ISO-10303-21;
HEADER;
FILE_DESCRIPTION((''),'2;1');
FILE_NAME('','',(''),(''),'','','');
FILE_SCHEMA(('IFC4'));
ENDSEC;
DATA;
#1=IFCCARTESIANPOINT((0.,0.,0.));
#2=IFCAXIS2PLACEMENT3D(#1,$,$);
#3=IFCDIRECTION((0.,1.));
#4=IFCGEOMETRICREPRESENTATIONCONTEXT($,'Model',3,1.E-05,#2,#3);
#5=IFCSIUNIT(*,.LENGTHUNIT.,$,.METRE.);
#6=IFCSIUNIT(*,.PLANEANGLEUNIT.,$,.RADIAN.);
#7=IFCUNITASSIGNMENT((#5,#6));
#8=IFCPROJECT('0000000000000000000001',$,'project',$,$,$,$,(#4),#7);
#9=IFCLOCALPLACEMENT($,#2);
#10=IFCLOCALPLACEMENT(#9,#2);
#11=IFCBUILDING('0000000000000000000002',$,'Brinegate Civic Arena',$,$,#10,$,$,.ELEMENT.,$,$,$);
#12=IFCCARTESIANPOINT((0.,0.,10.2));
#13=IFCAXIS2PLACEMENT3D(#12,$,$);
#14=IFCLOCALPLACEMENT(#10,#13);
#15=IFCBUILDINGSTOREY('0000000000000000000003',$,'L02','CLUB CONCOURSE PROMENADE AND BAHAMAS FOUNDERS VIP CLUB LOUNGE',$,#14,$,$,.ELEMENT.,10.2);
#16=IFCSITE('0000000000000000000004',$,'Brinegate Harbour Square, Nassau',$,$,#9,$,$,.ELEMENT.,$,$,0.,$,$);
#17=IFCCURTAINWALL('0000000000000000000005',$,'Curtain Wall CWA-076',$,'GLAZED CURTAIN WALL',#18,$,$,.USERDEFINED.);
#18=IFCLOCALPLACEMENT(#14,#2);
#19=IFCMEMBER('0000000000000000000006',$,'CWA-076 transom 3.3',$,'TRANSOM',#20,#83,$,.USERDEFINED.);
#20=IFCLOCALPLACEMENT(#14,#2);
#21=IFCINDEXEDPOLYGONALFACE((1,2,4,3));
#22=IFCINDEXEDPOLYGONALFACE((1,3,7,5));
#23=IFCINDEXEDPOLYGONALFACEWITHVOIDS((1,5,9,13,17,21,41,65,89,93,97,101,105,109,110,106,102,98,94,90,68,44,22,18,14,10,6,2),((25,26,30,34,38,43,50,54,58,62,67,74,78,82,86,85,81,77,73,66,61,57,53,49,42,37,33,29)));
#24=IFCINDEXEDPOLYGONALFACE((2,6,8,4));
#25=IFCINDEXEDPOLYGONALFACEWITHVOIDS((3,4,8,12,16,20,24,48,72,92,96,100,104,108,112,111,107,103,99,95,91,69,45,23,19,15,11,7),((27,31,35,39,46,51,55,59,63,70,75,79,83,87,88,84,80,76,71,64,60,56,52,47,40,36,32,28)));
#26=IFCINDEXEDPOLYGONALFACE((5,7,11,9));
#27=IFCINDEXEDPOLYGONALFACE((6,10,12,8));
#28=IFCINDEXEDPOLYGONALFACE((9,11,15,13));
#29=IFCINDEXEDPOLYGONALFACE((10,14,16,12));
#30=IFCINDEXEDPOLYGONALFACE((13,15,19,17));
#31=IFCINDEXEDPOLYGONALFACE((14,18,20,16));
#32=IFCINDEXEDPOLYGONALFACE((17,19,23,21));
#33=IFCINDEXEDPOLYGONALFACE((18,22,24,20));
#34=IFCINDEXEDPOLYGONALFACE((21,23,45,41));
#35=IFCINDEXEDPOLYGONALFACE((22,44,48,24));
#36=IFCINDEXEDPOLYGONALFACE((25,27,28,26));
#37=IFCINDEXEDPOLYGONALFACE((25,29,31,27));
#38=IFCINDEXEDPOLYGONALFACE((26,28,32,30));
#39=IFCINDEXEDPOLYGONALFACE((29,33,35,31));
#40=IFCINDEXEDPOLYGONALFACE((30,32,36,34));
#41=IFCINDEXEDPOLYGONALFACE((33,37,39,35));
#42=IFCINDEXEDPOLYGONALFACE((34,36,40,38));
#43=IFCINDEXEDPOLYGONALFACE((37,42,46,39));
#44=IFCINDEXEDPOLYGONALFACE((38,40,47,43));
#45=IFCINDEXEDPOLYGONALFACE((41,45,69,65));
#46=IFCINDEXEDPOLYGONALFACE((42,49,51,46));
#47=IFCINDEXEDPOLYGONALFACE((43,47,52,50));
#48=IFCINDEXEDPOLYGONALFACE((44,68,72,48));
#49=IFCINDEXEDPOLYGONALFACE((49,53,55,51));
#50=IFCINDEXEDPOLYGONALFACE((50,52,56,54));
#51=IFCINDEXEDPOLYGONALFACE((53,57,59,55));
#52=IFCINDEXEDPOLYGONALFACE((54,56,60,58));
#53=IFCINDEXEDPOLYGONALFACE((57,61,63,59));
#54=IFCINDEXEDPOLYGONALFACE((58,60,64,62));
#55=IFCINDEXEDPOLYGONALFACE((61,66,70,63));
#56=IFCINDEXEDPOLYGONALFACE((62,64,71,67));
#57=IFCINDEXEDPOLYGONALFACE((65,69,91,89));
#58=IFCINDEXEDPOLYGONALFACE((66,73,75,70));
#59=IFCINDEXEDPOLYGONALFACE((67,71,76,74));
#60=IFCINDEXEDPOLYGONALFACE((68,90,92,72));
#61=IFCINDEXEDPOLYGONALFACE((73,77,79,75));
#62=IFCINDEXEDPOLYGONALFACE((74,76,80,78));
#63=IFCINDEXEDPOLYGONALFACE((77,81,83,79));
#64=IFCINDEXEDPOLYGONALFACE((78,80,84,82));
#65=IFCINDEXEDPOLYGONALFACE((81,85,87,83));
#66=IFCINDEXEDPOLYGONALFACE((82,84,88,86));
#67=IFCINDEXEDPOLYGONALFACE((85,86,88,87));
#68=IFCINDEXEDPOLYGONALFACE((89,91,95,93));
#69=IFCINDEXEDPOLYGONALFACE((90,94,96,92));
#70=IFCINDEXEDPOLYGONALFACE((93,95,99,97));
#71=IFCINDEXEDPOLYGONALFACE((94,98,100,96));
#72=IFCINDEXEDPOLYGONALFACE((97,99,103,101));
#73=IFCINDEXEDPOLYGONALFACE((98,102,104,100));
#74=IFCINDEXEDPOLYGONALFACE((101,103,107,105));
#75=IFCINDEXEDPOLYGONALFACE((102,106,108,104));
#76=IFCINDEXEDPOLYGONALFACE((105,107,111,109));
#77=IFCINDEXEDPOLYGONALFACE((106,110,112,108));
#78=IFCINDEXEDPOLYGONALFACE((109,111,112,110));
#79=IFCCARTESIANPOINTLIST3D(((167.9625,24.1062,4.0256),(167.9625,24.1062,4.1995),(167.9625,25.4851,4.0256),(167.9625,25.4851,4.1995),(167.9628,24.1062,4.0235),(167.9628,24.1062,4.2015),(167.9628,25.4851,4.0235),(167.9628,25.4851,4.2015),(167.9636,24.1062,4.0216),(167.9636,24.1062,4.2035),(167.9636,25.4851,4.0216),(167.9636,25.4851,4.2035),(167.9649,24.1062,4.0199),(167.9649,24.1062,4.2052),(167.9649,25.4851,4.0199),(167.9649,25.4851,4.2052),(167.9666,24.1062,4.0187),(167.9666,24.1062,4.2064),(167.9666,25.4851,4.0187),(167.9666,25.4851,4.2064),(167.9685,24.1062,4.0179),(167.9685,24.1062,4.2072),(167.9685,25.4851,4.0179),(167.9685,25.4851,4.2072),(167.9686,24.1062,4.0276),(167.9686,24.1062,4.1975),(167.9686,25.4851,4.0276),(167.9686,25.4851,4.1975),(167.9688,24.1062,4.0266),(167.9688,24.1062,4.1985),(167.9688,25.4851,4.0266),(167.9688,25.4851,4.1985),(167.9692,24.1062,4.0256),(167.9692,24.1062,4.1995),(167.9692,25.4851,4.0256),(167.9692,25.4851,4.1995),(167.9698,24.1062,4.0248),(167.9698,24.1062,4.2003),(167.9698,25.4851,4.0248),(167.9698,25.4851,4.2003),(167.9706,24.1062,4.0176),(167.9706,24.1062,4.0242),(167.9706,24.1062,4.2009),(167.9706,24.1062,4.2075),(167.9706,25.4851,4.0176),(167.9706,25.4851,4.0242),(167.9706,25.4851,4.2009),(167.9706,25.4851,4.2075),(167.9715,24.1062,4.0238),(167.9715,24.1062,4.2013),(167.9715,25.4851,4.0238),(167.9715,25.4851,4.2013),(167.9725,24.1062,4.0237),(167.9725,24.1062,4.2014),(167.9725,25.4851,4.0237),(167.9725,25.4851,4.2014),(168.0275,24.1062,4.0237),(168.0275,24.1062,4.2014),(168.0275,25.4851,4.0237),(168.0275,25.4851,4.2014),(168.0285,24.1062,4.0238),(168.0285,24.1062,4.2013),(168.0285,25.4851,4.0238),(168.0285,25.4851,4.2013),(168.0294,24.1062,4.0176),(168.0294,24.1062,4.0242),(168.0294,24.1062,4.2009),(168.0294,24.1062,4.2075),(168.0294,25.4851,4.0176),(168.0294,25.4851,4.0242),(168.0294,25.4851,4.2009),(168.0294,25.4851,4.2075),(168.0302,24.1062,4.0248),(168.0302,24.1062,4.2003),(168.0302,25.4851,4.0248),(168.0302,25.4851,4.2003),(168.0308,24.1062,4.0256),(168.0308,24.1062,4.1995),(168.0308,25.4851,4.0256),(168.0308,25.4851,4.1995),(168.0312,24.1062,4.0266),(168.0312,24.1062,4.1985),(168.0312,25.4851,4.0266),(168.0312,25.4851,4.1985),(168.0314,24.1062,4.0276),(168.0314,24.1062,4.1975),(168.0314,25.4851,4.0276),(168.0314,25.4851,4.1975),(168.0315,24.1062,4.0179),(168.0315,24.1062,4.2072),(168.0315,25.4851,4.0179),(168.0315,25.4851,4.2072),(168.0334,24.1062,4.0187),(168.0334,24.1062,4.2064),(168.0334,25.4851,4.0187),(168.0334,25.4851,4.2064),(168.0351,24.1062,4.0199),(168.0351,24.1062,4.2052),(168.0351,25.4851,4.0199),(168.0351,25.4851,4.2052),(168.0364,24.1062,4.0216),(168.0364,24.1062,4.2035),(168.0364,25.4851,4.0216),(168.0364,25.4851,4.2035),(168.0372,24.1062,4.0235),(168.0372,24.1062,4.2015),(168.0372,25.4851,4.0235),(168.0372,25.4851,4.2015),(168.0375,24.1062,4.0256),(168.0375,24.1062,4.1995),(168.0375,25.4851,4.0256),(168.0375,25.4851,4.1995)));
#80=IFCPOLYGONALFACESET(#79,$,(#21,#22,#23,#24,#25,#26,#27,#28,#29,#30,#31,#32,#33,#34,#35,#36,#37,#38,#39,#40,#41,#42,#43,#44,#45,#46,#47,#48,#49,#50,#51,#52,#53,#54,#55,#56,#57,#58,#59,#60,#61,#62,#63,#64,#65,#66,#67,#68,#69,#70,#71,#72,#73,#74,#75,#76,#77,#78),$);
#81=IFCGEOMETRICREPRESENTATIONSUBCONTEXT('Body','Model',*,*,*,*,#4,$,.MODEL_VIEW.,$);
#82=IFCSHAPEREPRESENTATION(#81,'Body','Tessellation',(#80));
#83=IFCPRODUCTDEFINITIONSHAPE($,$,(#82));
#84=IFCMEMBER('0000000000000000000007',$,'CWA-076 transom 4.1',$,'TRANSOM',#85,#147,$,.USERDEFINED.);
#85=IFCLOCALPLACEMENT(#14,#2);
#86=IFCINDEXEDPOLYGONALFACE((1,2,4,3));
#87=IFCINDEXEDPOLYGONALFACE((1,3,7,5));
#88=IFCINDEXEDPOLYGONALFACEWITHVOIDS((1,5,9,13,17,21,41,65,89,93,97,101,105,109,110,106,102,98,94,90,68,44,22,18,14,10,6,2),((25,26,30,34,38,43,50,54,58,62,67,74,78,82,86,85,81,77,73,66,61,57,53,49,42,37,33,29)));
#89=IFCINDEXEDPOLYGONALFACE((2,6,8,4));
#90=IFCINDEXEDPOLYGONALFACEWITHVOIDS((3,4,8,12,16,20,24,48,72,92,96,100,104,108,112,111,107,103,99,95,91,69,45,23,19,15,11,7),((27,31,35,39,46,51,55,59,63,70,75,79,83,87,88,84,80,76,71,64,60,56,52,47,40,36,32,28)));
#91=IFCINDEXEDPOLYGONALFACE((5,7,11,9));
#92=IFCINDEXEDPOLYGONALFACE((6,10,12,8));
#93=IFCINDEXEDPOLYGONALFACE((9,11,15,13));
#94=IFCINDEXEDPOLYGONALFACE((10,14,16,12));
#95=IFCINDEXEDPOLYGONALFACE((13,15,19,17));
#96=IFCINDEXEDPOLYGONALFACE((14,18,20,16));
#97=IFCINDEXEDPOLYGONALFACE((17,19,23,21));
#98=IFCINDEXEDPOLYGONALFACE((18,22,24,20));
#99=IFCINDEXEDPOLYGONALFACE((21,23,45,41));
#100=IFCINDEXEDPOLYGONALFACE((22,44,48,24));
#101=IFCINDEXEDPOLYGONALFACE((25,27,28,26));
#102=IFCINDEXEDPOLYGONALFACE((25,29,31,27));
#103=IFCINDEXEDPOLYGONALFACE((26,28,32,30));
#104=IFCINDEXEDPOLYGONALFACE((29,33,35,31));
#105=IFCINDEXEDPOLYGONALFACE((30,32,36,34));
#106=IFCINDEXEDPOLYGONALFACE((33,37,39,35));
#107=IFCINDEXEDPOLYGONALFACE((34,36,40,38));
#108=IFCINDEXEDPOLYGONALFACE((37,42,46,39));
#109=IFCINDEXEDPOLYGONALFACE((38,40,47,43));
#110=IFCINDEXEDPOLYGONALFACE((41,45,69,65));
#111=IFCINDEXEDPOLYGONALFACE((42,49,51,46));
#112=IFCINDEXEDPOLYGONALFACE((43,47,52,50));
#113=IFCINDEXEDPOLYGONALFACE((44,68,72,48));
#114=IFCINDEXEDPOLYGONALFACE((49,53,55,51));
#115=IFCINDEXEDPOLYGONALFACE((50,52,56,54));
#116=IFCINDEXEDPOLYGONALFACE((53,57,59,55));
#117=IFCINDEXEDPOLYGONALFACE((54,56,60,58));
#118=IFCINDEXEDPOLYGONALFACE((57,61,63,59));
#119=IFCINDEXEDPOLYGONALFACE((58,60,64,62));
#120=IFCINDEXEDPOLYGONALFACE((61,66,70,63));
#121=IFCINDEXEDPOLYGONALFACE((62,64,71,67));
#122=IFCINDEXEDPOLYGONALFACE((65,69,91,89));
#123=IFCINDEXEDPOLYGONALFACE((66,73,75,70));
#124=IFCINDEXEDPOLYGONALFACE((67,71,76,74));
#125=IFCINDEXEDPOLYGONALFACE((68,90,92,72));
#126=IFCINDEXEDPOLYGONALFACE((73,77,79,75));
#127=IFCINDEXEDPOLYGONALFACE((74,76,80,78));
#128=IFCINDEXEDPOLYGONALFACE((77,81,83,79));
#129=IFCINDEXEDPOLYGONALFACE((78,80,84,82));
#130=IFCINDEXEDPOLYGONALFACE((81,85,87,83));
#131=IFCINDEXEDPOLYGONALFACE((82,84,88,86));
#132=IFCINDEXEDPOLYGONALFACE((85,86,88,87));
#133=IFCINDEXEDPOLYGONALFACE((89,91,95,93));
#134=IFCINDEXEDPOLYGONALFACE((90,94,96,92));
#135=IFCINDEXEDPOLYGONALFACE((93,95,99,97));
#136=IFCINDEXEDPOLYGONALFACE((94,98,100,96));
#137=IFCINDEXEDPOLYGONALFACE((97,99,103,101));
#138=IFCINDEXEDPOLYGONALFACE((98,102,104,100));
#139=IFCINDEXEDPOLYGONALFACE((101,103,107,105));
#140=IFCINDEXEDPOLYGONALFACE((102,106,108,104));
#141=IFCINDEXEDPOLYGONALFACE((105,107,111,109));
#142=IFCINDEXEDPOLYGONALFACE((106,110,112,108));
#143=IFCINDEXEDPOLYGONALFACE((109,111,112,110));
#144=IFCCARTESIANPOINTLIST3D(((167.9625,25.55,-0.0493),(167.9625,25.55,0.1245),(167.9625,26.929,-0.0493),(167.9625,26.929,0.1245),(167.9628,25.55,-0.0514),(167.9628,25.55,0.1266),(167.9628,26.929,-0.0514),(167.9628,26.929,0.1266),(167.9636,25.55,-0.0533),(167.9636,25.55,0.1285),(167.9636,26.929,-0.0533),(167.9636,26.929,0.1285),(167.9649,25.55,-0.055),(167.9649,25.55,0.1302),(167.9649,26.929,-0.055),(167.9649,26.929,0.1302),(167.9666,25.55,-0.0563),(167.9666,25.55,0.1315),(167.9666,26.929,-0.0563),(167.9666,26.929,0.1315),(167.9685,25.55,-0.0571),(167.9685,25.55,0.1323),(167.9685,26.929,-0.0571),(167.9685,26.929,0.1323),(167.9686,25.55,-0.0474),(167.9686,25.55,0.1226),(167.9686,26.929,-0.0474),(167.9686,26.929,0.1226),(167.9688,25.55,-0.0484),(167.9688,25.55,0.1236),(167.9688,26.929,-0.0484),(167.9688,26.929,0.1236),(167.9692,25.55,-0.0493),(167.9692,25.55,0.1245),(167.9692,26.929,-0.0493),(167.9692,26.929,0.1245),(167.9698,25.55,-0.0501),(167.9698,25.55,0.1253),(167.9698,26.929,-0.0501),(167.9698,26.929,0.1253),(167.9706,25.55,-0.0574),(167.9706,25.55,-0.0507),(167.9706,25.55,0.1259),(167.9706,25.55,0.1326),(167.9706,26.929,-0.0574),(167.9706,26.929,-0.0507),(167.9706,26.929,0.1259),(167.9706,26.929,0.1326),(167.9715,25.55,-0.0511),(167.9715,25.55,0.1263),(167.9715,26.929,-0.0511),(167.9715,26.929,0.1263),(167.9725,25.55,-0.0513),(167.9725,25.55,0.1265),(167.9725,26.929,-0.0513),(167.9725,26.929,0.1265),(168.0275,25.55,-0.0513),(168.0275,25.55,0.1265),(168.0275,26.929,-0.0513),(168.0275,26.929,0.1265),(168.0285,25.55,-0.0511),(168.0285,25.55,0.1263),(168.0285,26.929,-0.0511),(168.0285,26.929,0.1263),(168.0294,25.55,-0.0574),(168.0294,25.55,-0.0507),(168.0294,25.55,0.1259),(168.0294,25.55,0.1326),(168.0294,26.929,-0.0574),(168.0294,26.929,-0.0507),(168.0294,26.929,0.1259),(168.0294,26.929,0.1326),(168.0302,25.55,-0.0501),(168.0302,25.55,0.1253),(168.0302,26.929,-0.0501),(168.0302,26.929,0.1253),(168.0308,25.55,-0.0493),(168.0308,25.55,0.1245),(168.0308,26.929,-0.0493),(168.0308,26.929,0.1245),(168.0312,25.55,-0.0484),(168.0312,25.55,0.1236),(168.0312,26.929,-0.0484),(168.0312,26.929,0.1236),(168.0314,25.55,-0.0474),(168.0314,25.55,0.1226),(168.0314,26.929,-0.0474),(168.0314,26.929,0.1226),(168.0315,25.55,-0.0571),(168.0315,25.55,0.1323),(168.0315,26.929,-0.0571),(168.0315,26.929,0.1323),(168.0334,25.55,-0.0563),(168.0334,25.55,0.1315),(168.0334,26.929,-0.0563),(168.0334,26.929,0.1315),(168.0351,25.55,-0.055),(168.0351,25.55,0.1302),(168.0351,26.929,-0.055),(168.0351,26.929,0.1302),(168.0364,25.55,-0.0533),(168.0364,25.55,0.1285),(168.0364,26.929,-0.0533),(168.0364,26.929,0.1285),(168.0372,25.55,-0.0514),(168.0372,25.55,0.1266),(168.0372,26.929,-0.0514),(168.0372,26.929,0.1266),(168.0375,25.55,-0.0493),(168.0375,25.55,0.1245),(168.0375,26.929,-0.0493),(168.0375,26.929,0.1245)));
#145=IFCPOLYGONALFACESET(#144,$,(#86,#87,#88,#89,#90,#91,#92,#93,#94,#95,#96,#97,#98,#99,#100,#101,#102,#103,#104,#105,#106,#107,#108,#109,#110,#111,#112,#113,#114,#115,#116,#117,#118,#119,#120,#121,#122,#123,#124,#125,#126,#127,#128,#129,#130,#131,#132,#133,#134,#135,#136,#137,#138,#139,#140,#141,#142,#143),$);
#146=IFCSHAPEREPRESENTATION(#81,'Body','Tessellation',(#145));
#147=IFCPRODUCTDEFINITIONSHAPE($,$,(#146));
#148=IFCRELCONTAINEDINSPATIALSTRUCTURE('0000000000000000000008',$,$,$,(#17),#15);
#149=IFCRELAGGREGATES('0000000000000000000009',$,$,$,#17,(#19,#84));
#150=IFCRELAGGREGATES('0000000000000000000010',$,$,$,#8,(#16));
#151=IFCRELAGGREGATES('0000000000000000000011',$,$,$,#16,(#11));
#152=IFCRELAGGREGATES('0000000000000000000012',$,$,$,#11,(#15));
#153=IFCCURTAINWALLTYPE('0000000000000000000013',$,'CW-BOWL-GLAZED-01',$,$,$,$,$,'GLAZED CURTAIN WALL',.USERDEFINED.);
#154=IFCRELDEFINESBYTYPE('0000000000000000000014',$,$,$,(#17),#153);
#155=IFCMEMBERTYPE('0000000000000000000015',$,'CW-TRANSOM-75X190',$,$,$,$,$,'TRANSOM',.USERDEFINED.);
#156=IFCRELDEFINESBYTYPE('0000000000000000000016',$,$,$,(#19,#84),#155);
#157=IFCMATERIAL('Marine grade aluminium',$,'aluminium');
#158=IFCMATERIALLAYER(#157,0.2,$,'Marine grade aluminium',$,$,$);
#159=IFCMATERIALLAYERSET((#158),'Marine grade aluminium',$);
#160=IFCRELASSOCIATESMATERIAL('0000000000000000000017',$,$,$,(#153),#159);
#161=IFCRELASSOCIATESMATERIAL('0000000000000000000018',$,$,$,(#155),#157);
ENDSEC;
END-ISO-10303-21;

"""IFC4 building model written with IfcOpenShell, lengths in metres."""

from ifc_helpers import new_model, si_unit, direction, frame, origin, origin_2d, place, context, subcontext, project, spatial, hollow_rectangle, extrude, material, layer, layer_set, material_profile, profile_set, type_object, element, aggregate, save


model = new_model("IFC4")

# Units and contexts
model_context = context("Model", 3, precision=1e-05, world=origin(), true_north=direction((0.0, 1.0)))
body_context = subcontext(model_context, "Body", "Model", "MODEL_VIEW")
ifc_project = project(units=[si_unit("LENGTHUNIT", "METRE"), si_unit("PLANEANGLEUNIT", "RADIAN")], contexts=[model_context])

# Site, building, storey
site_placement = place(None, origin())
site = spatial("IfcSite", under=ifc_project, at=site_placement, Name="Brinegate Harbour Square, Nassau", CompositionType="ELEMENT", RefElevation=0.0)
building_placement = place(site_placement, origin())
building = spatial("IfcBuilding", under=site, at=building_placement, Name="Brinegate Civic Arena", CompositionType="ELEMENT")
storey_placement = place(building_placement, frame((0.0, 0.0, 10.2)))
storey = spatial("IfcBuildingStorey", under=building, at=storey_placement, Name="L02", Description="CLUB CONCOURSE PROMENADE AND BAHAMAS FOUNDERS VIP CLUB LOUNGE", CompositionType="ELEMENT", Elevation=10.2)

# Curtain wall, members
ifc_material_1 = material(Name="Marine grade aluminium", Category="aluminium")
ifc_layer_1 = layer(ifc_material_1, 0.2, Name="Marine grade aluminium")
ifc_layer_set_1 = layer_set([ifc_layer_1], Name="Marine grade aluminium")
curtain_wall_type = type_object("IfcCurtainWallType", Name="CW-BOWL-GLAZED-01", ElementType="GLAZED CURTAIN WALL", PredefinedType="USERDEFINED", material=ifc_layer_set_1)
curtain_wall_placement = place(storey_placement, origin())
curtain_wall = element("IfcCurtainWall", 1, at=curtain_wall_placement, inside=storey, type_object=curtain_wall_type, Name="Curtain Wall CWA-076", ObjectType="GLAZED CURTAIN WALL", PredefinedType="USERDEFINED")
ifc_material_profile_1 = material_profile(ifc_material_1, hollow_rectangle(XDim=0.075, YDim=0.1899, WallThickness=0.0061, InnerFilletRadius=0.0039, OuterFilletRadius=0.0081, at=origin_2d()), Name="TRN75X190")
ifc_profile_set_1 = profile_set([ifc_material_profile_1], Name="Marine grade aluminium")
member_type_1 = type_object("IfcMemberType", Name="CW-TRANSOM-75X190", ElementType="TRANSOM", PredefinedType="USERDEFINED", material=ifc_profile_set_1)
member_1_placement = place(storey_placement, frame((168.0, 24.1062, 4.1125), z_axis=(0.0, 1.0, 0.0), x_axis=(-1.0, 0.0, 0.0)))
member_1 = element("IfcMember", 2, at=member_1_placement, type_object=member_type_1, Name="CWA-076 transom 3.3", ObjectType="TRANSOM", PredefinedType="USERDEFINED", context=body_context, shape_type="SweptSolid", body=[
    extrude(hollow_rectangle(XDim=0.075, YDim=0.1899, WallThickness=0.0061, InnerFilletRadius=0.0039, OuterFilletRadius=0.0081, at=origin_2d()), origin(), (0.0, 0.0, 1.0), 1.3789),
])
member_2_placement = place(storey_placement, frame((168.0, 25.55, 0.0376), z_axis=(0.0, 1.0, 0.0), x_axis=(-1.0, 0.0, 0.0)))
member_2 = element("IfcMember", 3, at=member_2_placement, type_object=member_type_1, Name="CWA-076 transom 4.1", ObjectType="TRANSOM", PredefinedType="USERDEFINED", context=body_context, shape_type="SweptSolid", body=[
    extrude(hollow_rectangle(XDim=0.075, YDim=0.1899, WallThickness=0.0061, InnerFilletRadius=0.0039, OuterFilletRadius=0.0081, at=origin_2d()), origin(), (0.0, 0.0, 1.0), 1.3789),
])

aggregate(curtain_wall, [member_1, member_2])

save(model, "model.ifc")
